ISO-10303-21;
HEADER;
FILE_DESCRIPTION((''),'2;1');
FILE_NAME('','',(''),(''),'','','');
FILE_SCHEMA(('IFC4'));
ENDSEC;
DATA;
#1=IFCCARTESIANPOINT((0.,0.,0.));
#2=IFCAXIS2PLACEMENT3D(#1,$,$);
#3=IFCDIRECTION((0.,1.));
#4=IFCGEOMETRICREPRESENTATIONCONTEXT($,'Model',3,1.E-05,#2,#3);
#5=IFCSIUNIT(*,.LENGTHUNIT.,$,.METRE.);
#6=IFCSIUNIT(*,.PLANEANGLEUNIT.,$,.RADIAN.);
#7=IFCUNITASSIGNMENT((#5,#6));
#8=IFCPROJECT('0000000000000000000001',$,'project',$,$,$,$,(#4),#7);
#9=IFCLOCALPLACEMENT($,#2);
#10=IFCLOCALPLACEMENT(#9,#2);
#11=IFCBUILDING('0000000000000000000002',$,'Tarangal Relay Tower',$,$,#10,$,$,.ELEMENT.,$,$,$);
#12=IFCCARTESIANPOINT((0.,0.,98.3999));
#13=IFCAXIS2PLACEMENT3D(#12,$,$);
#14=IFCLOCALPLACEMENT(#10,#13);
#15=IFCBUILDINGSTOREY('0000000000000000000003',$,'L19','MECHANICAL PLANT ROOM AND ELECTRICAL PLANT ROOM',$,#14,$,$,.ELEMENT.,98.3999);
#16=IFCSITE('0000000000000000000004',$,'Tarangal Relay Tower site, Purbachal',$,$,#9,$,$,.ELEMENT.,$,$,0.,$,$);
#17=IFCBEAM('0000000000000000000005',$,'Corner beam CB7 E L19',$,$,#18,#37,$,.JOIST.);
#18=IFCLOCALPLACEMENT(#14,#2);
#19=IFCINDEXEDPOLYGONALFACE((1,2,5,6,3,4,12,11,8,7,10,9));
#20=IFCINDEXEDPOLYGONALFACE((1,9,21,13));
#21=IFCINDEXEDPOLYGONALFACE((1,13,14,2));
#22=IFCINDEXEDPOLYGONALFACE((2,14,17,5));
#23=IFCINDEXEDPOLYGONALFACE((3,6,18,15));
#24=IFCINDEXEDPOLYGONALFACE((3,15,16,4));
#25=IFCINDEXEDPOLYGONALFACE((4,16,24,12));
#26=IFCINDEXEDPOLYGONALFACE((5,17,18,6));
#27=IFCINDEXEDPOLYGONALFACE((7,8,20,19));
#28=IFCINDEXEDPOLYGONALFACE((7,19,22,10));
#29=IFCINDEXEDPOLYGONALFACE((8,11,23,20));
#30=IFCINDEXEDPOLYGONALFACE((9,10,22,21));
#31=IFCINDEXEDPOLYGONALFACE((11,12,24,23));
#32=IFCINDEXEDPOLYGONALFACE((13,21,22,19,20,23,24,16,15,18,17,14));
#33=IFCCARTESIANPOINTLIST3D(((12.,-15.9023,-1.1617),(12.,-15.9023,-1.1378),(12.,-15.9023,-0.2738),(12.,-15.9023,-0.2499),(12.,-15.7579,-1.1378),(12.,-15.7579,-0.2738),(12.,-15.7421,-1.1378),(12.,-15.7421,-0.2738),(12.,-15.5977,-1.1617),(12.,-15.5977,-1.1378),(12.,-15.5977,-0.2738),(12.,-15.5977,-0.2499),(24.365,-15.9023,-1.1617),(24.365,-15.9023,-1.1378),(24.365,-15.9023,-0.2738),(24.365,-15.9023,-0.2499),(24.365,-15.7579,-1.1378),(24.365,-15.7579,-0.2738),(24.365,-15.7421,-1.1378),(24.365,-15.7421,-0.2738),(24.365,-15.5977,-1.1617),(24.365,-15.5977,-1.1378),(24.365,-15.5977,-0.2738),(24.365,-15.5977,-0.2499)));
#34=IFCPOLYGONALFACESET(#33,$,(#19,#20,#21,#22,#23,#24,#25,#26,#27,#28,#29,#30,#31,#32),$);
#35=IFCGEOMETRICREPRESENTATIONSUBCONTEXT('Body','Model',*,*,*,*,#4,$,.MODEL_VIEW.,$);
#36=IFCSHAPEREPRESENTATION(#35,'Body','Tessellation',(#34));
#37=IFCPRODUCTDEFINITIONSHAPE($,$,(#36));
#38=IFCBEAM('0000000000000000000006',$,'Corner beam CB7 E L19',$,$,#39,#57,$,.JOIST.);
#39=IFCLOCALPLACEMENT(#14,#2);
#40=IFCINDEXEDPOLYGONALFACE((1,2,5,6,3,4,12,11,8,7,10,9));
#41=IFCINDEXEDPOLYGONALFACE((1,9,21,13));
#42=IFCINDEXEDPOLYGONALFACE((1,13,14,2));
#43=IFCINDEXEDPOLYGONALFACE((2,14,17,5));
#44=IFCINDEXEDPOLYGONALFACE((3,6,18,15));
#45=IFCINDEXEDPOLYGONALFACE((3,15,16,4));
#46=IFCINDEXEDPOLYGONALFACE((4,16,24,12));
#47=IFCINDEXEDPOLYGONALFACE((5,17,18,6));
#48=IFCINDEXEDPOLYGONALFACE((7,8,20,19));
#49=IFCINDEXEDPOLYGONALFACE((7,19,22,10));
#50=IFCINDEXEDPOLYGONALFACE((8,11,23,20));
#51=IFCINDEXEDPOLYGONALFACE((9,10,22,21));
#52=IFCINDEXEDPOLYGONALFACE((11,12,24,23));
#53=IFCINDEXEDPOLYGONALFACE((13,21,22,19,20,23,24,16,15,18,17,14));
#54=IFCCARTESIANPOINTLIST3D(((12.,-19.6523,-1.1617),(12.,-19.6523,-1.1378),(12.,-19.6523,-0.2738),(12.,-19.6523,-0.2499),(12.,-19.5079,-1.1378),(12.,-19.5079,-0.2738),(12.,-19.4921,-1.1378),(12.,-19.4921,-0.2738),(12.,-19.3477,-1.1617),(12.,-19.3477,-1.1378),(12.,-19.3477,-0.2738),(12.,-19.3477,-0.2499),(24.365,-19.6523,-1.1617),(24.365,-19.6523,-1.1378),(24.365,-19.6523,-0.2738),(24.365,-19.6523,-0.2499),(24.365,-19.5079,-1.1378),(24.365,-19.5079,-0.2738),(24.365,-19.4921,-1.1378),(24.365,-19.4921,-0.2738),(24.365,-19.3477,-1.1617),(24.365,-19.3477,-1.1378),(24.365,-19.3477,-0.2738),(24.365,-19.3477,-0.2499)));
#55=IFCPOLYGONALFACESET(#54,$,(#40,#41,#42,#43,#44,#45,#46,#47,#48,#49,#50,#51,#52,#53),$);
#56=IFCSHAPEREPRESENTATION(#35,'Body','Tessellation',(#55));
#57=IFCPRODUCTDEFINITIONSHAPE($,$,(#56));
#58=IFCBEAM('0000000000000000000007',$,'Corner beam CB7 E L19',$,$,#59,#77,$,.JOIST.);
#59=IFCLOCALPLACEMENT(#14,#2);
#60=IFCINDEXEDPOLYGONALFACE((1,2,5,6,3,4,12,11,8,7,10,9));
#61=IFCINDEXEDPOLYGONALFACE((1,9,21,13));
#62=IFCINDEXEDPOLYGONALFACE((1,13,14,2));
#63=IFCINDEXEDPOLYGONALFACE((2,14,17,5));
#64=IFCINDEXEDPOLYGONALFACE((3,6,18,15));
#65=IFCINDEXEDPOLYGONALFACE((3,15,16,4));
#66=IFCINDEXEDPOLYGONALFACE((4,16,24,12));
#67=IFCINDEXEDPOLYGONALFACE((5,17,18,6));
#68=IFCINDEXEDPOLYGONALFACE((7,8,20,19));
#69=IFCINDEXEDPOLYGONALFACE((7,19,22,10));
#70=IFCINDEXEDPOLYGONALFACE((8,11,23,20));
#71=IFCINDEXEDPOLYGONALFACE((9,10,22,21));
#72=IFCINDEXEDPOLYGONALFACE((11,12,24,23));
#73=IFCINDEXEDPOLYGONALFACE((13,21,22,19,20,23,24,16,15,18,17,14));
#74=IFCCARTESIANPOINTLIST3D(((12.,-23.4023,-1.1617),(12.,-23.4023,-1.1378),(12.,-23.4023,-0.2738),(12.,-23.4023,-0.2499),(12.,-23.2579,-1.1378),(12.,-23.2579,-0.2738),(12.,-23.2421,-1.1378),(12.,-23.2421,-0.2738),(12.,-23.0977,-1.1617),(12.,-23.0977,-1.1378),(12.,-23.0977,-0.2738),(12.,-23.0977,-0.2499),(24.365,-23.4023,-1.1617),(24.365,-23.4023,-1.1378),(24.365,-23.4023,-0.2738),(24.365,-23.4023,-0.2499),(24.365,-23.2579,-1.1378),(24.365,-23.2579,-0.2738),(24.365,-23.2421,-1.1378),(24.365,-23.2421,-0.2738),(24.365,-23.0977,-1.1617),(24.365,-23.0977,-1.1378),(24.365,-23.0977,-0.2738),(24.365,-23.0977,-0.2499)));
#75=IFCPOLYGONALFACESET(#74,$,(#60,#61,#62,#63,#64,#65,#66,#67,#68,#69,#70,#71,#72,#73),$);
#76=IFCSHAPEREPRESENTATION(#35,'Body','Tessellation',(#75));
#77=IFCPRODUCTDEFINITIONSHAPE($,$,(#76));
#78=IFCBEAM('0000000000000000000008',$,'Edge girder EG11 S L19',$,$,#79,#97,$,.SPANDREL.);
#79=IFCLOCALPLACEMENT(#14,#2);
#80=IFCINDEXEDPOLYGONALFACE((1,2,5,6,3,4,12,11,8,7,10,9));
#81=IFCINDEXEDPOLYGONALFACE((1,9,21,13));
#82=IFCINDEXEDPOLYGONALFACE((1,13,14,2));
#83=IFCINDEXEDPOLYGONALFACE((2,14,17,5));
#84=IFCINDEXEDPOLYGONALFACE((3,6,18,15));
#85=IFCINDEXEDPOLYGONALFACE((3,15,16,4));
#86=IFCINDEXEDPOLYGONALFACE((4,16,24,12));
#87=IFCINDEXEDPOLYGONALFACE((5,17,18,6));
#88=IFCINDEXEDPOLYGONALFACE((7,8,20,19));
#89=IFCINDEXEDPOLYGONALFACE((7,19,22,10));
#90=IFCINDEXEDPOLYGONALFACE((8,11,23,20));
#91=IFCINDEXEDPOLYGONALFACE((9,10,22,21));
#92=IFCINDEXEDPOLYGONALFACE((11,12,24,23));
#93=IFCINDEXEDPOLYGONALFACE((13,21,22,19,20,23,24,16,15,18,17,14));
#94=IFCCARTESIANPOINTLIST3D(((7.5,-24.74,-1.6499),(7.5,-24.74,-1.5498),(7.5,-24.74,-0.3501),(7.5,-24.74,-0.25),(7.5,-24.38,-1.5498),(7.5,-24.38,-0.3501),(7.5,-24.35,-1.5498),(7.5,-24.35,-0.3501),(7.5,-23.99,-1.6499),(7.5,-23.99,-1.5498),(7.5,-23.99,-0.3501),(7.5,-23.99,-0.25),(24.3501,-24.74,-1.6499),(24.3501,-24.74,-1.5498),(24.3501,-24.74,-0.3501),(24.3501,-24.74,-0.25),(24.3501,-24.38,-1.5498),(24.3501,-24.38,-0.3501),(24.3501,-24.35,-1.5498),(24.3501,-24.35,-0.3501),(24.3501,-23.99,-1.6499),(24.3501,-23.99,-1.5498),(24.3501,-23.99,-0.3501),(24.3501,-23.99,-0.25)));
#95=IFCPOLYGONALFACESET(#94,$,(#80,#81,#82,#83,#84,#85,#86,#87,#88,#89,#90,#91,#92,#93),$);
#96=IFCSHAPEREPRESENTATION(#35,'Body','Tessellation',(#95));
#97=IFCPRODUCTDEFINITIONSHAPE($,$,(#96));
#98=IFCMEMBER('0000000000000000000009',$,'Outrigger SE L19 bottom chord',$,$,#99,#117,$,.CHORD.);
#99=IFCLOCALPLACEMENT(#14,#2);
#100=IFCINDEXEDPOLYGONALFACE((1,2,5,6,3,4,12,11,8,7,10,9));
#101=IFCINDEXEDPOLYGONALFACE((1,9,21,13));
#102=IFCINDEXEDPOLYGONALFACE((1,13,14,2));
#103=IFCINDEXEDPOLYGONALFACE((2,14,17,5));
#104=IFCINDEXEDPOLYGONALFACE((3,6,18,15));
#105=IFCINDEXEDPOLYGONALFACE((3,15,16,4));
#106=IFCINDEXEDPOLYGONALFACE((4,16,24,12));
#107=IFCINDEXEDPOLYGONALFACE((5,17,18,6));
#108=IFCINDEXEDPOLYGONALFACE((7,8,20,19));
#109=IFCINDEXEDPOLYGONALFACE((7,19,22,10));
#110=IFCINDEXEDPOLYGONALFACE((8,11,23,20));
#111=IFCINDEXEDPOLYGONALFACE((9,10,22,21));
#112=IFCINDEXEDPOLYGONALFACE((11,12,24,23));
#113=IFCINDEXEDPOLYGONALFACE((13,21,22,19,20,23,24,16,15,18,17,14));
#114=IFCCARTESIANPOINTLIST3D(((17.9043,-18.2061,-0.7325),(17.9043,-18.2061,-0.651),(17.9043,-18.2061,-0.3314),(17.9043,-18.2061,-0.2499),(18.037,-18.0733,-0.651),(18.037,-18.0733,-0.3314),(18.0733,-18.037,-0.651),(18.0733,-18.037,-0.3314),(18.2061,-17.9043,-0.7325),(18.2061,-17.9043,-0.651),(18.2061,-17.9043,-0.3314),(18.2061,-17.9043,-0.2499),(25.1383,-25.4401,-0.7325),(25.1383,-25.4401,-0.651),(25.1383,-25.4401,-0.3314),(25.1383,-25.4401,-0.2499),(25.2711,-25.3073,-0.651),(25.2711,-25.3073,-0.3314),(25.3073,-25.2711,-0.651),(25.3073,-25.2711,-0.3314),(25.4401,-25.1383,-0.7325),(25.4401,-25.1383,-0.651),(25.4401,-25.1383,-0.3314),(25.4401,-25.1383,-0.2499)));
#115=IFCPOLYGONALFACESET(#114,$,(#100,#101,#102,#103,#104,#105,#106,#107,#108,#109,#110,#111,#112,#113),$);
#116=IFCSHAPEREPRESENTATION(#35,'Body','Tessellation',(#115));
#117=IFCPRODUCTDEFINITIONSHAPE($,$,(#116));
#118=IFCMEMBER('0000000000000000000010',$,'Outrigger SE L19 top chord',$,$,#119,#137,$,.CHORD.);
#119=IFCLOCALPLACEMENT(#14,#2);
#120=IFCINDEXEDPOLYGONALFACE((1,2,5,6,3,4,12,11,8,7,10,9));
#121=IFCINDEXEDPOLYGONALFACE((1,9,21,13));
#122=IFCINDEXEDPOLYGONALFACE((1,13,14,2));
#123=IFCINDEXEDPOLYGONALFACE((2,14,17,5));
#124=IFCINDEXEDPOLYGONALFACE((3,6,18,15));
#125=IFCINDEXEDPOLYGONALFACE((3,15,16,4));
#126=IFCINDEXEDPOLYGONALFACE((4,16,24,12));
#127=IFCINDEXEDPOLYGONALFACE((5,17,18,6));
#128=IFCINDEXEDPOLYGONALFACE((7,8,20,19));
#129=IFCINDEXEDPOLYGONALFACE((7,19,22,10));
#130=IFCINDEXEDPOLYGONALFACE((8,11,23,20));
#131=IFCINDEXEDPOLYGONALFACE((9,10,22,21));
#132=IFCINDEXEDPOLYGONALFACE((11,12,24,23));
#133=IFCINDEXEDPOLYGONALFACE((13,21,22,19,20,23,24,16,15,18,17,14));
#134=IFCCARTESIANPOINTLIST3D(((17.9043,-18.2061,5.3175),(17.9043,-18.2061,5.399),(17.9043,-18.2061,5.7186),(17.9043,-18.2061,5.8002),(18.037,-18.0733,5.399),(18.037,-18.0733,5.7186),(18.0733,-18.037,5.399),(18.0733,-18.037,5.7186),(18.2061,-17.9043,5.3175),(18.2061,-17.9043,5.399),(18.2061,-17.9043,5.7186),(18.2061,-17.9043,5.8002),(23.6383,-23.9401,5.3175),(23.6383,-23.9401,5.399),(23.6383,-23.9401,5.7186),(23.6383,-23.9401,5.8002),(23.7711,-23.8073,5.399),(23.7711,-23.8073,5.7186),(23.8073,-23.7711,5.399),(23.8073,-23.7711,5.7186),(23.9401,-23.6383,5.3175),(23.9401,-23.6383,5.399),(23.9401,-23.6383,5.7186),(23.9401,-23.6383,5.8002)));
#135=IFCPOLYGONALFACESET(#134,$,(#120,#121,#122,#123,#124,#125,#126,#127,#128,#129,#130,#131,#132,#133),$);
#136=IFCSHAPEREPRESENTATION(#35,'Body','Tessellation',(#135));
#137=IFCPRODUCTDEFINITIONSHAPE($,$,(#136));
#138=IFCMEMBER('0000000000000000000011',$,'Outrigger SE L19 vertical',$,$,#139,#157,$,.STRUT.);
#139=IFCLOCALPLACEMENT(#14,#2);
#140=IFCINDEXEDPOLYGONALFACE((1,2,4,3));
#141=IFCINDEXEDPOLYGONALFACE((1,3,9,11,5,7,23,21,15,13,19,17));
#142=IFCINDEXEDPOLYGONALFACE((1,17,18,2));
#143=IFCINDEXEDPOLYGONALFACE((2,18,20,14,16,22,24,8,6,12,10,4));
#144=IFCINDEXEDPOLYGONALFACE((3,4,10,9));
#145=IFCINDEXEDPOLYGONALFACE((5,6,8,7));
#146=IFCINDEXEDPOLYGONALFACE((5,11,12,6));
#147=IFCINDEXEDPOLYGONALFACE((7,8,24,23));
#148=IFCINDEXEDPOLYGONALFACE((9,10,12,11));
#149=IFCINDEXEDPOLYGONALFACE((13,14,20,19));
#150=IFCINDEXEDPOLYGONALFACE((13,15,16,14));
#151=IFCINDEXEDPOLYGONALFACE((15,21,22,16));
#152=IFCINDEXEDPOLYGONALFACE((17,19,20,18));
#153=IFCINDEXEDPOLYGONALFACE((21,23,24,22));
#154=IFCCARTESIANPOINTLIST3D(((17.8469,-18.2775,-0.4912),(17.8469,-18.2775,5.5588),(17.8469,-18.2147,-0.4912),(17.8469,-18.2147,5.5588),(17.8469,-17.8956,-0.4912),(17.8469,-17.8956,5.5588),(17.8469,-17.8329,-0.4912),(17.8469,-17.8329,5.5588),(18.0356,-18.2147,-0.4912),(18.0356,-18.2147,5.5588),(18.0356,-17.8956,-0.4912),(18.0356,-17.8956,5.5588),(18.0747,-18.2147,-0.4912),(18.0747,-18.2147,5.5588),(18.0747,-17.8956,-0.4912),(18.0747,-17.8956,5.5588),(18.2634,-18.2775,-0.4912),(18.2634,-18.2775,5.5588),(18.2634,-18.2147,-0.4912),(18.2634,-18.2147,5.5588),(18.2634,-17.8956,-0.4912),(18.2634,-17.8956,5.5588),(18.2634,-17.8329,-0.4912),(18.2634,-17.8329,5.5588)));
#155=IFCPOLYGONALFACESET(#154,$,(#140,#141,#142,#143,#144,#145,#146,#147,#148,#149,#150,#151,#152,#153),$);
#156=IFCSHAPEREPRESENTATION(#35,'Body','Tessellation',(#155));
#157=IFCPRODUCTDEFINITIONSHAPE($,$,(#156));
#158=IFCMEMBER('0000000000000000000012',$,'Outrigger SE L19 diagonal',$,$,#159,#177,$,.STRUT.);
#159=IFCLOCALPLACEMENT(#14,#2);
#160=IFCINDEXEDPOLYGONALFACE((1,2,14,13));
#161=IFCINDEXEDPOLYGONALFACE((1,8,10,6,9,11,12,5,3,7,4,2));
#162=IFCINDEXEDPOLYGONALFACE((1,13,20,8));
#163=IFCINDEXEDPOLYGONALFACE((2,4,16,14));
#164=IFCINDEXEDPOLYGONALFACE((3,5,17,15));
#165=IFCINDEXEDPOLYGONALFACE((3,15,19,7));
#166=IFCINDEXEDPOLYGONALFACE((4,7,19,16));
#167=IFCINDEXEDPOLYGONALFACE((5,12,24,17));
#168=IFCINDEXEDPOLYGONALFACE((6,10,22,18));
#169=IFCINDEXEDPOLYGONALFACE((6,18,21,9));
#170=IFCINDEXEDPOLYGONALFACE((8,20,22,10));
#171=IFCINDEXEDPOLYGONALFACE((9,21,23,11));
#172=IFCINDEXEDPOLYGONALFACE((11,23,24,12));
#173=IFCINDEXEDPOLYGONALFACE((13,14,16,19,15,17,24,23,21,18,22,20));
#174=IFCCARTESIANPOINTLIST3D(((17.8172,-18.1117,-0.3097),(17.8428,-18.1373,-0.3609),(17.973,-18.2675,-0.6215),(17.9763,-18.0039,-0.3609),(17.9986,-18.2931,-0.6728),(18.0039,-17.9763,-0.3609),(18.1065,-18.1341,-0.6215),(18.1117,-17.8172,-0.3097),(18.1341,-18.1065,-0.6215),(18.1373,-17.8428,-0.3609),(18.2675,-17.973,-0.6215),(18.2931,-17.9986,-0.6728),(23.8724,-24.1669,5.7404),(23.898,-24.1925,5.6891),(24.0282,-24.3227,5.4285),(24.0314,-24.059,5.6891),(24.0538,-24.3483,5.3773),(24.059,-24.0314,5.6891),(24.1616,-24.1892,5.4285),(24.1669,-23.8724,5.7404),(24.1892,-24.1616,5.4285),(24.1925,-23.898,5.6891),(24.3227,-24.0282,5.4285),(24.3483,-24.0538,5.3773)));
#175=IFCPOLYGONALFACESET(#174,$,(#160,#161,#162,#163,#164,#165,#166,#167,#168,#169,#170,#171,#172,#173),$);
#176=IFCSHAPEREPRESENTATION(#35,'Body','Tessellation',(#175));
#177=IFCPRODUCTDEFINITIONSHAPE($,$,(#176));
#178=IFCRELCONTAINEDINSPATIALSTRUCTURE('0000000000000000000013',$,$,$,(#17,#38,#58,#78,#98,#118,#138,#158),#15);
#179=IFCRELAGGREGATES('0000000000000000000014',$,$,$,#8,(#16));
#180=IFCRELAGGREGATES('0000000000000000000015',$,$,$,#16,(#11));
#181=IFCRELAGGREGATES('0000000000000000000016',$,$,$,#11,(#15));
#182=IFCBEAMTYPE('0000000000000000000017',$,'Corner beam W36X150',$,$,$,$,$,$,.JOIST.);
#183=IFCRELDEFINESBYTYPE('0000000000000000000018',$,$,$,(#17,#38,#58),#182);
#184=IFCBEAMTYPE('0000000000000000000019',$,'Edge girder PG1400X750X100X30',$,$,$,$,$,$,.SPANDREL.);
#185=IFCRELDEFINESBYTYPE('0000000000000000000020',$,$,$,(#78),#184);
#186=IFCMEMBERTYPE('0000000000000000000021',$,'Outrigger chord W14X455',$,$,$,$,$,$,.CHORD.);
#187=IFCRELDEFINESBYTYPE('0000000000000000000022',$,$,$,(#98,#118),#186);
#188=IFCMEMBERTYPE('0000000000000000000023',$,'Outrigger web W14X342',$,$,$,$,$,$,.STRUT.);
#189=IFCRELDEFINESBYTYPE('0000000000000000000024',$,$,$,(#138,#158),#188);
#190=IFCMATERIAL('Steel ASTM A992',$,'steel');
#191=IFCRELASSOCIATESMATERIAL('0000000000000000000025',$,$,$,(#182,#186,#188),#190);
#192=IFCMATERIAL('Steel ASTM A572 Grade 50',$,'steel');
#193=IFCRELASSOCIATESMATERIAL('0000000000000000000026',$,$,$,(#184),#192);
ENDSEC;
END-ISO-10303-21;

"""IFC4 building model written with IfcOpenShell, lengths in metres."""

from ifc_helpers import new_model, si_unit, direction, frame, origin, origin_2d, place, context, subcontext, project, spatial, i_section, extrude, clip, halfspace, material, material_profile, profile_set, type_object, element, save


model = new_model("IFC4")

# Units and contexts
model_context = context("Model", 3, precision=1e-05, world=origin(), true_north=direction((0.0, 1.0)))
body_context = subcontext(model_context, "Body", "Model", "MODEL_VIEW")
ifc_project = project(units=[si_unit("LENGTHUNIT", "METRE"), si_unit("PLANEANGLEUNIT", "RADIAN")], contexts=[model_context])

# Site, building, storey
site_placement = place(None, origin())
site = spatial("IfcSite", under=ifc_project, at=site_placement, Name="Tarangal Relay Tower site, Purbachal", CompositionType="ELEMENT", RefElevation=0.0)
building_placement = place(site_placement, origin())
building = spatial("IfcBuilding", under=site, at=building_placement, Name="Tarangal Relay Tower", CompositionType="ELEMENT")
storey_placement = place(building_placement, frame((0.0, 0.0, 98.3999)))
storey = spatial("IfcBuildingStorey", under=building, at=storey_placement, Name="L19", Description="MECHANICAL PLANT ROOM AND ELECTRICAL PLANT ROOM", CompositionType="ELEMENT", Elevation=98.3999)

# Beams
ifc_material_1 = material(Name="Steel ASTM A992", Category="steel")
ifc_material_profile_1 = material_profile(ifc_material_1, i_section(OverallWidth=0.3047, OverallDepth=0.9119, WebThickness=0.0159, FlangeThickness=0.0239, at=origin_2d()), Name="W36X150")
ifc_profile_set_1 = profile_set([ifc_material_profile_1], Name="Steel ASTM A992")
beam_type_1 = type_object("IfcBeamType", Name="Corner beam W36X150", PredefinedType="JOIST", material=ifc_profile_set_1)
for number, where, z_axis, x_axis, name in (
    (1, (12.0, -15.75, -0.7058), (1.0, 0.0, 0.0), (0.0, 1.0, 0.0), "Corner beam CB7 E L19"),
    (2, (12.0, -19.5, -0.7058), (1.0, 0.0, 0.0), (0.0, 1.0, 0.0), "Corner beam CB7 E L19"),
    (3, (12.0, -23.25, -0.7058), (1.0, 0.0, 0.0), (0.0, 1.0, 0.0), "Corner beam CB7 E L19"),
):
    element("IfcBeam", number, at=place(storey_placement, frame(where, z_axis=z_axis, x_axis=x_axis)), inside=storey, type_object=beam_type_1, Name=name, PredefinedType="JOIST", context=body_context, shape_type="SweptSolid", body=[
        extrude(i_section(OverallWidth=0.3047, OverallDepth=0.9119, WebThickness=0.0159, FlangeThickness=0.0239, at=origin_2d()), origin(), (0.0, 0.0, 1.0), 12.365),
    ])
ifc_material_2 = material(Name="Steel ASTM A572 Grade 50", Category="steel")
ifc_material_profile_2 = material_profile(ifc_material_2, i_section(OverallWidth=0.75, OverallDepth=1.3999, WebThickness=0.03, FlangeThickness=0.1001, at=origin_2d()), Name="PG1400X750X100X30")
ifc_profile_set_2 = profile_set([ifc_material_profile_2], Name="Steel ASTM A572 Grade 50")
beam_type_2 = type_object("IfcBeamType", Name="Edge girder PG1400X750X100X30", PredefinedType="SPANDREL", material=ifc_profile_set_2)
beam_placement = place(storey_placement, frame((24.3501, -24.365, -0.95), z_axis=(-1.0, 0.0, 0.0), x_axis=(0.0, -1.0, 0.0)))
element("IfcBeam", 4, at=beam_placement, inside=storey, type_object=beam_type_2, Name="Edge girder EG11 S L19", PredefinedType="SPANDREL", context=body_context, shape_type="SweptSolid", body=[
    extrude(i_section(OverallWidth=0.75, OverallDepth=1.3999, WebThickness=0.03, FlangeThickness=0.1001, at=origin_2d()), origin(), (0.0, 0.0, 1.0), 16.8501),
])

# Members
ifc_material_profile_3 = material_profile(ifc_material_1, i_section(OverallWidth=0.4268, OverallDepth=0.4827, WebThickness=0.0513, FlangeThickness=0.0815, at=origin_2d()), Name="W14X455")
ifc_profile_set_3 = profile_set([ifc_material_profile_3], Name="Steel ASTM A992")
member_type_1 = type_object("IfcMemberType", Name="Outrigger chord W14X455", PredefinedType="CHORD", material=ifc_profile_set_3)
member_1_placement = place(storey_placement, frame((18.0552, -18.0552, -0.4912), z_axis=(0.707107, -0.707107, 0.0), x_axis=(0.707107, 0.707107, 0.0)))
element("IfcMember", 5, at=member_1_placement, inside=storey, type_object=member_type_1, Name="Outrigger SE L19 bottom chord", PredefinedType="CHORD", context=body_context, shape_type="Clipping", body=[
    clip(extrude(i_section(OverallWidth=0.4268, OverallDepth=0.4827, WebThickness=0.0513, FlangeThickness=0.0815, at=origin_2d()), origin(), (0.0, 0.0, 1.0), 10.5286), halfspace(frame((0.0, 0.0, 10.2305)), False)),
])
member_2_placement = place(storey_placement, frame((18.0552, -18.0552, 5.5588), z_axis=(0.707107, -0.707107, 0.0), x_axis=(0.707107, 0.707107, 0.0)))
element("IfcMember", 6, at=member_2_placement, inside=storey, type_object=member_type_1, Name="Outrigger SE L19 top chord", PredefinedType="CHORD", context=body_context, shape_type="Clipping", body=[
    clip(extrude(i_section(OverallWidth=0.4268, OverallDepth=0.4827, WebThickness=0.0513, FlangeThickness=0.0815, at=origin_2d()), origin(), (0.0, 0.0, 1.0), 8.5632), halfspace(frame((0.0, 0.0, 8.1091)), False)),
])
ifc_material_profile_4 = material_profile(ifc_material_1, i_section(OverallWidth=0.4165, OverallDepth=0.4446, WebThickness=0.0391, FlangeThickness=0.0627, at=origin_2d()), Name="W14X342")
ifc_profile_set_4 = profile_set([ifc_material_profile_4], Name="Steel ASTM A992")
member_type_2 = type_object("IfcMemberType", Name="Outrigger web W14X342", PredefinedType="STRUT", material=ifc_profile_set_4)
member_3_placement = place(storey_placement, frame((18.0552, -18.0552, -0.4912), z_axis=(0.0, 0.0, 1.0), x_axis=(1.0, 0.0, 0.0)))
element("IfcMember", 7, at=member_3_placement, inside=storey, type_object=member_type_2, Name="Outrigger SE L19 vertical", PredefinedType="STRUT", context=body_context, shape_type="SweptSolid", body=[
    extrude(i_section(OverallWidth=0.4165, OverallDepth=0.4446, WebThickness=0.0391, FlangeThickness=0.0627, at=origin_2d()), origin(), (0.0, 0.0, 1.0), 6.05),
])
member_4_placement = place(storey_placement, frame((18.0552, -18.0552, -0.4912), z_axis=(0.577513, -0.577513, 0.577024), x_axis=(0.707107, 0.707107, 0.0)))
element("IfcMember", 8, at=member_4_placement, inside=storey, type_object=member_type_2, Name="Outrigger SE L19 diagonal", PredefinedType="STRUT", context=body_context, shape_type="SweptSolid", body=[
    extrude(i_section(OverallWidth=0.4165, OverallDepth=0.4446, WebThickness=0.0391, FlangeThickness=0.0627, at=origin_2d()), origin(), (0.0, 0.0, 1.0), 10.4849),
])

save(model, "model.ifc")
